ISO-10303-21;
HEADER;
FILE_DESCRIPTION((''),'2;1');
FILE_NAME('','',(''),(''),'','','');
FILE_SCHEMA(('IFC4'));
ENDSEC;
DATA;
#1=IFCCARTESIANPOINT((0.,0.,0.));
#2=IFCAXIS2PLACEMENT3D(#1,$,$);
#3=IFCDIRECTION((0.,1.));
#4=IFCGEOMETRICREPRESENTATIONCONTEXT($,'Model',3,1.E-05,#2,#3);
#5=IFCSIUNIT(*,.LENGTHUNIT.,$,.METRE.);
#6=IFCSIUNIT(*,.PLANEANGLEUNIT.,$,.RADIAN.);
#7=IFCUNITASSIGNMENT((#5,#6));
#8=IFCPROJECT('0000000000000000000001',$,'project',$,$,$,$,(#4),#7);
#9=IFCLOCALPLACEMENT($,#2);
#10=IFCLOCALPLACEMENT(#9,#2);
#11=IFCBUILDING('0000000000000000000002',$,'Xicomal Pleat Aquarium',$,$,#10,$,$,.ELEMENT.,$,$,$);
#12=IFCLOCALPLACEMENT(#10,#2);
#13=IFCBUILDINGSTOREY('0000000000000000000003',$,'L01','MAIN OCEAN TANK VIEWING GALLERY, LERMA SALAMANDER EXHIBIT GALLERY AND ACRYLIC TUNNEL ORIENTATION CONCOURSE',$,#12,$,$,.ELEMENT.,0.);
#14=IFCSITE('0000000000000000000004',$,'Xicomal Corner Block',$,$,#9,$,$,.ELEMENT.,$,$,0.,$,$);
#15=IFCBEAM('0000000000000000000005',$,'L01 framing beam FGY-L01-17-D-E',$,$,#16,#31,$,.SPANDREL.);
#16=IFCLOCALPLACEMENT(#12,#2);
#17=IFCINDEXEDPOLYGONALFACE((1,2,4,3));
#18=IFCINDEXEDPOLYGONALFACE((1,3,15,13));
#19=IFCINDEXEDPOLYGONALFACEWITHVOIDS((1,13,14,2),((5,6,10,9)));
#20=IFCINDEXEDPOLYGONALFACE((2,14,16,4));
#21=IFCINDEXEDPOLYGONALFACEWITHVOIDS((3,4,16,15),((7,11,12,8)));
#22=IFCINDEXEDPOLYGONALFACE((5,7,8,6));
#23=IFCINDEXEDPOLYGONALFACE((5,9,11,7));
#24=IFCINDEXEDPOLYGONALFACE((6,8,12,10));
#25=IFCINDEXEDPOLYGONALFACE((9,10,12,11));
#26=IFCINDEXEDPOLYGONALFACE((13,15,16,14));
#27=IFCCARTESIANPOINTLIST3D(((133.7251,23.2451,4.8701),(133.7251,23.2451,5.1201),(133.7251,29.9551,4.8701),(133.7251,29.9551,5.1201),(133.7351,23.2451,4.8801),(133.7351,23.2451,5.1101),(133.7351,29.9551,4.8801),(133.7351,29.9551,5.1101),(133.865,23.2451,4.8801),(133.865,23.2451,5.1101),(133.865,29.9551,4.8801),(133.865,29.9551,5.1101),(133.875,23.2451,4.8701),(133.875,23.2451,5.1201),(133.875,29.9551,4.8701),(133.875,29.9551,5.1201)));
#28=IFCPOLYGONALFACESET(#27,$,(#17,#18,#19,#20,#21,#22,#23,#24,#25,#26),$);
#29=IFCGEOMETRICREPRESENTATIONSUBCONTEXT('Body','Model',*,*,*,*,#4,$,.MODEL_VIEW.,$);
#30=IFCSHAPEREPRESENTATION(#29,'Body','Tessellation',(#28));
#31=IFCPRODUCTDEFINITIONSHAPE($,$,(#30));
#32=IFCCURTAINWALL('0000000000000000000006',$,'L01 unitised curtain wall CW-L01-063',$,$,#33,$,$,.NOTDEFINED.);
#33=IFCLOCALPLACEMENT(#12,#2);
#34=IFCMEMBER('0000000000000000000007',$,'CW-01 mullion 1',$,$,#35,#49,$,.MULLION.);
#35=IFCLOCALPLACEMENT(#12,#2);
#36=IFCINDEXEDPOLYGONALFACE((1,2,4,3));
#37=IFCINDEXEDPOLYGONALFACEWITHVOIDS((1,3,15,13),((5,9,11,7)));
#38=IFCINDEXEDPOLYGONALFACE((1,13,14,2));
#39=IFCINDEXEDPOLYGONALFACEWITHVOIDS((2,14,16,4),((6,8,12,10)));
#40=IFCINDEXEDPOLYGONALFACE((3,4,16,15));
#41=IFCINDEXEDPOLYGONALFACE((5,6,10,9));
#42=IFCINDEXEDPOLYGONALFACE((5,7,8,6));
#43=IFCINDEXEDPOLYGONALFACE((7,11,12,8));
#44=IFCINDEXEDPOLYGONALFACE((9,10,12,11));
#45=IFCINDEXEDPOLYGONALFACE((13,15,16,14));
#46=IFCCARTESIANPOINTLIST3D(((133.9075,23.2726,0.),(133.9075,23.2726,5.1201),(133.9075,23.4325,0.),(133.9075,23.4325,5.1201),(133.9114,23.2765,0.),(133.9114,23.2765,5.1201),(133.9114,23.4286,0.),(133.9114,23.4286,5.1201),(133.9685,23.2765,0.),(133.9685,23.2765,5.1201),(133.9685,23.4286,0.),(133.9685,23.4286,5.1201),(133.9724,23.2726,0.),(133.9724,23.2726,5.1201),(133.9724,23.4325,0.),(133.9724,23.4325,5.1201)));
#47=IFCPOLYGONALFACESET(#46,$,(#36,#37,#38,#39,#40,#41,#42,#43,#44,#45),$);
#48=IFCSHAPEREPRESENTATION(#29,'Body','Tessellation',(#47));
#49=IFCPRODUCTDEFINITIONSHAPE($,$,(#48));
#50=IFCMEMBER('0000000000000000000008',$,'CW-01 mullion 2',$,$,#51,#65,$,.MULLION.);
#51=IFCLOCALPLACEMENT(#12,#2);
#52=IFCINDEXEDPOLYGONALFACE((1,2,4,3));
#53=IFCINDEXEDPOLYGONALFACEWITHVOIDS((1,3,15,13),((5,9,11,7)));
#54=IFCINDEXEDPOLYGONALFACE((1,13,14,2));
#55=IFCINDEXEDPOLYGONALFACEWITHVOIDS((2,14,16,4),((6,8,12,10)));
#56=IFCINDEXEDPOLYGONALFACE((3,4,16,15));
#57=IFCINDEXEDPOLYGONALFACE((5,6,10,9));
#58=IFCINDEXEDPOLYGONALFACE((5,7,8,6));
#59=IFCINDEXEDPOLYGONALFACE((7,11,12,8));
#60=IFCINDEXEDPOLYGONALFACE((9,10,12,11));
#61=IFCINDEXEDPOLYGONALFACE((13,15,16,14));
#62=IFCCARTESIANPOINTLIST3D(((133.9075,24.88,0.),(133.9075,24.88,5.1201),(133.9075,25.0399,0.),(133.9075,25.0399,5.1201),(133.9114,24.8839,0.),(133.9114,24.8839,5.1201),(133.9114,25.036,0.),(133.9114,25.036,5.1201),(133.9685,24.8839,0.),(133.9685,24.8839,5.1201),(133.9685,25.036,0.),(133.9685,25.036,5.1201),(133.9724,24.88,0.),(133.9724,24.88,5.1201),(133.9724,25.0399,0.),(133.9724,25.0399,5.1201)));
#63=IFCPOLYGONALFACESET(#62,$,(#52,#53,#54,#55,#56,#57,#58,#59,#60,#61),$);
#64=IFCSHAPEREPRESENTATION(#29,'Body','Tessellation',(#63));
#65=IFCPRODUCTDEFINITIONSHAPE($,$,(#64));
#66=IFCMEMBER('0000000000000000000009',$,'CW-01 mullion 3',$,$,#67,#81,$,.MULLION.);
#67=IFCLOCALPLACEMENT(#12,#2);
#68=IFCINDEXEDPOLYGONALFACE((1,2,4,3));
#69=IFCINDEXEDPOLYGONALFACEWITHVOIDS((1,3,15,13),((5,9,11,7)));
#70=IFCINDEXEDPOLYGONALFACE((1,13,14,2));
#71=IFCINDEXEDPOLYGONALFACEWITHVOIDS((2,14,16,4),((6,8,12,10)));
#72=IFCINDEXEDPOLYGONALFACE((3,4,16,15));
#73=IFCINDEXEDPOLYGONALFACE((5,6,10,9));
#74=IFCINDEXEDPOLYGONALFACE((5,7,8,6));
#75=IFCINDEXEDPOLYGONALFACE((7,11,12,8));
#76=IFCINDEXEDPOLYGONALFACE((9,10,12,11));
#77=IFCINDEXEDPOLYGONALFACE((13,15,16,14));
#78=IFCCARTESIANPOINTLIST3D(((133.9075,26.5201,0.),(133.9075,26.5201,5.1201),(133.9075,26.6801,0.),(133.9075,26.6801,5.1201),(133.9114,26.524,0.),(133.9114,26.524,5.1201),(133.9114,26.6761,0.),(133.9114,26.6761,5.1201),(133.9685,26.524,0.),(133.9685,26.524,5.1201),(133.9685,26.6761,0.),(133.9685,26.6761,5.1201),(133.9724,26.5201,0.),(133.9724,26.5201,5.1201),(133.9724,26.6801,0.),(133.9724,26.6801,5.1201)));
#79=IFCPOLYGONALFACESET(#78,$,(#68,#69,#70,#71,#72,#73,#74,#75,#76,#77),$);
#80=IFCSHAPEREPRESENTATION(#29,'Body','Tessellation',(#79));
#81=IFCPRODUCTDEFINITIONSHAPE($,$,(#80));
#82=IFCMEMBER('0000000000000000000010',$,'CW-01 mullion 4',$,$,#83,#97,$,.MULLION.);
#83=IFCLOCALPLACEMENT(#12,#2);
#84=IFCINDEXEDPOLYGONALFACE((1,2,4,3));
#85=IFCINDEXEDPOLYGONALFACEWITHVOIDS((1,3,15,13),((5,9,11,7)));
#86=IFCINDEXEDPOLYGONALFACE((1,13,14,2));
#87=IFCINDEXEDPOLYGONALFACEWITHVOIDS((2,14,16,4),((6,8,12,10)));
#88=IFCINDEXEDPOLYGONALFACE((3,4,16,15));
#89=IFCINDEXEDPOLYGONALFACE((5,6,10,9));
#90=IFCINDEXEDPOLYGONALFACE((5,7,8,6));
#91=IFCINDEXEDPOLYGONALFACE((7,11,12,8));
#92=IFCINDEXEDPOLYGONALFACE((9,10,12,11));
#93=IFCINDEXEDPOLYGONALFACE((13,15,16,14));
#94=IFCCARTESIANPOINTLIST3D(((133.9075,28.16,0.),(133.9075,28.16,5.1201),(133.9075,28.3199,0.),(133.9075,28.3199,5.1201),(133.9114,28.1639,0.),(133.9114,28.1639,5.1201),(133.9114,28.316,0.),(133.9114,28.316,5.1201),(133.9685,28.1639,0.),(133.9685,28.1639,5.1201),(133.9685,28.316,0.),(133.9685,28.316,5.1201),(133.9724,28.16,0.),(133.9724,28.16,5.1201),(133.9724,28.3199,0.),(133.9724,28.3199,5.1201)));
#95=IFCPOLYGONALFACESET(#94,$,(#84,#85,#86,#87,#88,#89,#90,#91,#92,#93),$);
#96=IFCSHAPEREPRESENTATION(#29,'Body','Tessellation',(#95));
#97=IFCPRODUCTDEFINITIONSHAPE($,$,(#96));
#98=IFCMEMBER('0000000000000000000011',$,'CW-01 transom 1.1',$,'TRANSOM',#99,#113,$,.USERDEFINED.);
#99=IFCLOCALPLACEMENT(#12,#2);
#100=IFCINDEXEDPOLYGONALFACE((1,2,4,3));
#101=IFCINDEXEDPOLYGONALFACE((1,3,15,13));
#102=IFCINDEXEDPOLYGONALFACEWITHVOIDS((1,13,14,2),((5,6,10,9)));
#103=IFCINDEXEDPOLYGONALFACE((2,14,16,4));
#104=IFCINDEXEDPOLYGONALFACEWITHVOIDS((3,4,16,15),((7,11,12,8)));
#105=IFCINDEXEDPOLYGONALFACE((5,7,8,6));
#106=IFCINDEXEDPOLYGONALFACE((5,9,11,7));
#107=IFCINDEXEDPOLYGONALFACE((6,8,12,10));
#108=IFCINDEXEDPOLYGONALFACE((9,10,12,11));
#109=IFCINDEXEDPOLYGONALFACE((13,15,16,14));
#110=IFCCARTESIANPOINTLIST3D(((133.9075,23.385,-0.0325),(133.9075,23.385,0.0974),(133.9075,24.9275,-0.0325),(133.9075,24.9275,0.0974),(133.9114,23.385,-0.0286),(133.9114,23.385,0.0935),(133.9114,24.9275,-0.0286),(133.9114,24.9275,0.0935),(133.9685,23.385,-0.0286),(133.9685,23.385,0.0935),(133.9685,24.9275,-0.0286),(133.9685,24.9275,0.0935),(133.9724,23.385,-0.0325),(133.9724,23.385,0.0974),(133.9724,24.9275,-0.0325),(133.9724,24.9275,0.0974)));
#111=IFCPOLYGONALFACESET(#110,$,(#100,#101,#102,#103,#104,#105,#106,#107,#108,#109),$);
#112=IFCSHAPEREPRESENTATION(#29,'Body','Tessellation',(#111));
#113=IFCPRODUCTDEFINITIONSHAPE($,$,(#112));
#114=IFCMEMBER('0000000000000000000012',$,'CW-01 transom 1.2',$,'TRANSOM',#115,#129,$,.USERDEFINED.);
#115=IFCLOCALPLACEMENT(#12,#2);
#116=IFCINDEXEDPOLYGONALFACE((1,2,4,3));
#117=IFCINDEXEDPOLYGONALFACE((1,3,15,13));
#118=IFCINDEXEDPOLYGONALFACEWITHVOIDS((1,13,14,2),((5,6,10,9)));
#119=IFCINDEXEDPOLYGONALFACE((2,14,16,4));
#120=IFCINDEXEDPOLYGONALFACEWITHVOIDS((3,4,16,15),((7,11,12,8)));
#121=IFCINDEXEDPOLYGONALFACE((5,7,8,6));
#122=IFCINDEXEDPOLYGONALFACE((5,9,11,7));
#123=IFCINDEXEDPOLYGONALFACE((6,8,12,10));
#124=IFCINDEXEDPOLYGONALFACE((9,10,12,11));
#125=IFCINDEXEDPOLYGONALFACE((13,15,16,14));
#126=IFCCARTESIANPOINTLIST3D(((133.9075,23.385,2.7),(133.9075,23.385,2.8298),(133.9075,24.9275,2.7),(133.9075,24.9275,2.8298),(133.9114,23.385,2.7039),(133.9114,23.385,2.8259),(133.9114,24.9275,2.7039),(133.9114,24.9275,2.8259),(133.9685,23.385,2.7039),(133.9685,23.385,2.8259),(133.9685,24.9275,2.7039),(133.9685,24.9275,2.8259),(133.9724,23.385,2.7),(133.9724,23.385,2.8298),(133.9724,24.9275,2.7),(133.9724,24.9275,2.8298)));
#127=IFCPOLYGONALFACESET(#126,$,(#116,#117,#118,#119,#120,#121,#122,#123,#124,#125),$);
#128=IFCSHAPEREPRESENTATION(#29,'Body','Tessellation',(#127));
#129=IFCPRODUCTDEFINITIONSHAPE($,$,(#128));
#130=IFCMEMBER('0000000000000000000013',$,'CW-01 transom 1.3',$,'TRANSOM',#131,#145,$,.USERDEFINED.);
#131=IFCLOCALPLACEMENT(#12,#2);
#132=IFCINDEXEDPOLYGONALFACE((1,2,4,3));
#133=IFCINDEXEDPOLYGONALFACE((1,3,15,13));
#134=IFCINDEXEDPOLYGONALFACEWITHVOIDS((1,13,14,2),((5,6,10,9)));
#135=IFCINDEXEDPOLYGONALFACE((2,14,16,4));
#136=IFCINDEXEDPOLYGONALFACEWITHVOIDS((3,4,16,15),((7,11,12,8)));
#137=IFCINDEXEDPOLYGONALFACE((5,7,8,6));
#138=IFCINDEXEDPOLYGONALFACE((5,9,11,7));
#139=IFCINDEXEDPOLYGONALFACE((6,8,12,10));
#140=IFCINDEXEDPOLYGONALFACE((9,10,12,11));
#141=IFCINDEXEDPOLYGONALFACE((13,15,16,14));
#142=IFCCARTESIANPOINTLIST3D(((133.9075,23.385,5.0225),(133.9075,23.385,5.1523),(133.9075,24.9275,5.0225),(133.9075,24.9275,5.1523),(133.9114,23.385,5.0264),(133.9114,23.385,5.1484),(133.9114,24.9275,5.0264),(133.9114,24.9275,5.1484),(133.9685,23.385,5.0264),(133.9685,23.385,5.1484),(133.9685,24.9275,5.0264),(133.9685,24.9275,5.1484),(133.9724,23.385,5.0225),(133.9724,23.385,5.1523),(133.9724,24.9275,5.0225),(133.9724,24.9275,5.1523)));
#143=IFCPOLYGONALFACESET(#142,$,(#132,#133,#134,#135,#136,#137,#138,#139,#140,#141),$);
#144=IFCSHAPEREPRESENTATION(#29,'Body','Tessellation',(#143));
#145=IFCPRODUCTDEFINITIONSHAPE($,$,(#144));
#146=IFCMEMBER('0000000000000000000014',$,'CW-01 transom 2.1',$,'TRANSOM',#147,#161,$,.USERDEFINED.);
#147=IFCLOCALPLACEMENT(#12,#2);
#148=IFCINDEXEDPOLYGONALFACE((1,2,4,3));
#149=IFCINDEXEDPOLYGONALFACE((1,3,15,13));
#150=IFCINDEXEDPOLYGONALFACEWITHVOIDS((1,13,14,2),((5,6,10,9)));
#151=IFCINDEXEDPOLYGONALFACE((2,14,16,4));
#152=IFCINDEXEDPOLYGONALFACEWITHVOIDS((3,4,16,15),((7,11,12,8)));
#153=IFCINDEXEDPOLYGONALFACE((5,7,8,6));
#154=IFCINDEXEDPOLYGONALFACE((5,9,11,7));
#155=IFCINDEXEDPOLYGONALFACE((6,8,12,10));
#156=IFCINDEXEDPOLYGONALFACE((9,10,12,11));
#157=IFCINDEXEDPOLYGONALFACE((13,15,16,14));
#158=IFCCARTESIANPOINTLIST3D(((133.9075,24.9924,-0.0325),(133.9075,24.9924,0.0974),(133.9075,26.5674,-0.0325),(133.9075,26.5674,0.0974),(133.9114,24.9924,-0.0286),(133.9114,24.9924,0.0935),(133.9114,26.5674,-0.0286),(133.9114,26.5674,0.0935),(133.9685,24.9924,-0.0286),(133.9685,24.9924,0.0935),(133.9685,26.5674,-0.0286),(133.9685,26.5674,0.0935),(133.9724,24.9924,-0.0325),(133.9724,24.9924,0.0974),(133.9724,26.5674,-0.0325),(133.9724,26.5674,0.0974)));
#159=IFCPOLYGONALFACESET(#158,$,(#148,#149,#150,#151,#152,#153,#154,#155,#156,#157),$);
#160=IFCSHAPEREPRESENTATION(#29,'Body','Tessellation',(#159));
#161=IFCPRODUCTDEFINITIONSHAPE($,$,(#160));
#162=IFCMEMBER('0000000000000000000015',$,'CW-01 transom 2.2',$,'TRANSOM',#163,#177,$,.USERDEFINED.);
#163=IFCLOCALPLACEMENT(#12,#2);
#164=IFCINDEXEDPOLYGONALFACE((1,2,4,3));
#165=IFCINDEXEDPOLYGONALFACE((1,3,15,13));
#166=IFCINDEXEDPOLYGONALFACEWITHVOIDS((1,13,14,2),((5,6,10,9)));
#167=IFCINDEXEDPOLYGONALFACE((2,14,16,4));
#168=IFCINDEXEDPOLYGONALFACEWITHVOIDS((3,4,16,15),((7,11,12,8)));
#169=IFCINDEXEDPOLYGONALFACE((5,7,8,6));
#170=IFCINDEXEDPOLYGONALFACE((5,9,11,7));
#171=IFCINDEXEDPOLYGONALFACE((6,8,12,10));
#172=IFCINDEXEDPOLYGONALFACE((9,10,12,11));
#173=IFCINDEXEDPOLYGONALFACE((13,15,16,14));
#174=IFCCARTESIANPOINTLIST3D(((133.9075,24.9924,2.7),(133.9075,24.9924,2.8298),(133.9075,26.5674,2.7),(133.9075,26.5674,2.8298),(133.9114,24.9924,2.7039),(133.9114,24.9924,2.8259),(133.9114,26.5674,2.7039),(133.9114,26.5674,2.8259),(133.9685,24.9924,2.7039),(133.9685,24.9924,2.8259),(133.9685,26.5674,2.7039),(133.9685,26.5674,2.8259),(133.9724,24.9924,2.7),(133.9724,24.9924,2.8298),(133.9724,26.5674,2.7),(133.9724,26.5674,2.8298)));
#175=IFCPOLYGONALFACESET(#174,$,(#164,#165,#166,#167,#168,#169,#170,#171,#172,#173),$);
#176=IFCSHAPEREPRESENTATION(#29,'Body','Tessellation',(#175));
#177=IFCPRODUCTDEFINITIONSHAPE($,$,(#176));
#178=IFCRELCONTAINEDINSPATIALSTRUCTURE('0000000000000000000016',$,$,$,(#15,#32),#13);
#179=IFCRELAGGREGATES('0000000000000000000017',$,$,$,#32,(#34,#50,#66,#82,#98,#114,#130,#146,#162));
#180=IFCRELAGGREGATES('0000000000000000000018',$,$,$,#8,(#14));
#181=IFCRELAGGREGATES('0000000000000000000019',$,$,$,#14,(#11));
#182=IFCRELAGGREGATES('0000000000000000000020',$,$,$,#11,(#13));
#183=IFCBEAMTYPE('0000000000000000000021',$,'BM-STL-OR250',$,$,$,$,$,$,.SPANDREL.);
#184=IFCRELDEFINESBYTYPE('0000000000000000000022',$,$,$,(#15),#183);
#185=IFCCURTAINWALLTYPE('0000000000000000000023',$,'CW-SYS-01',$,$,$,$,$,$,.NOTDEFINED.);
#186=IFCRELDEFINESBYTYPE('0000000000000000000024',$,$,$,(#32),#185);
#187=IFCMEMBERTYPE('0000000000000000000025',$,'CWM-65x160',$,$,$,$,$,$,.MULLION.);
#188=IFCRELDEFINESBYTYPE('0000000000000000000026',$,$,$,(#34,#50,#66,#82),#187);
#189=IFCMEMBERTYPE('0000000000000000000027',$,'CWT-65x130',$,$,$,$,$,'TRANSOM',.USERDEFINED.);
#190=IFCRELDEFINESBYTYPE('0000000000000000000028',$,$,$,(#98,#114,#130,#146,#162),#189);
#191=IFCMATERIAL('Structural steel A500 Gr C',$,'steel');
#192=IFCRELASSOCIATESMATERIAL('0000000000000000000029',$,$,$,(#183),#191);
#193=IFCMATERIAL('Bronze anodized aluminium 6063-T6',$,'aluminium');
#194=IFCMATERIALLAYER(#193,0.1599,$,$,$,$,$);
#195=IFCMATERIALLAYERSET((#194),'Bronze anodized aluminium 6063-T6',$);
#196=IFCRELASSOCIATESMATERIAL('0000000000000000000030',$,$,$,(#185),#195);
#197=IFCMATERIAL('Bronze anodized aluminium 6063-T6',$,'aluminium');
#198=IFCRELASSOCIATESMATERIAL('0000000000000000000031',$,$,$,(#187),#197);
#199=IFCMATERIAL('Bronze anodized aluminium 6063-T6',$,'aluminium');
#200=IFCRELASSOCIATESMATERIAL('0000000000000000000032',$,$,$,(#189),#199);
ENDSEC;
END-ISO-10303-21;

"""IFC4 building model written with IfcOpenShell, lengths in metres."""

from ifc_helpers import new_model, si_unit, direction, frame, origin, origin_2d, place, context, subcontext, project, spatial, hollow_rectangle, extrude, material, layer, layer_set, material_profile, profile_set, type_object, element, aggregate, save


model = new_model("IFC4")

# Units and contexts
model_context = context("Model", 3, precision=1e-05, world=origin(), true_north=direction((0.0, 1.0)))
body_context = subcontext(model_context, "Body", "Model", "MODEL_VIEW")
ifc_project = project(units=[si_unit("LENGTHUNIT", "METRE"), si_unit("PLANEANGLEUNIT", "RADIAN")], contexts=[model_context])

# Site, building, storey
site_placement = place(None, origin())
site = spatial("IfcSite", under=ifc_project, at=site_placement, Name="Xicomal Corner Block", CompositionType="ELEMENT", RefElevation=0.0)
building_placement = place(site_placement, origin())
building = spatial("IfcBuilding", under=site, at=building_placement, Name="Xicomal Pleat Aquarium", CompositionType="ELEMENT")
storey_placement = place(building_placement, origin())
storey = spatial("IfcBuildingStorey", under=building, at=storey_placement, Name="L01", Description="MAIN OCEAN TANK VIEWING GALLERY, LERMA SALAMANDER EXHIBIT GALLERY AND ACRYLIC TUNNEL ORIENTATION CONCOURSE", CompositionType="ELEMENT", Elevation=0.0)

# Beam
ifc_material_1 = material(Name="Structural steel A500 Gr C", Category="steel")
ifc_material_profile_1 = material_profile(ifc_material_1, hollow_rectangle(XDim=0.1499, YDim=0.25, WallThickness=0.01, at=origin_2d()), Name="OR 250x150x10")
ifc_profile_set_1 = profile_set([ifc_material_profile_1], Name="Structural steel A500 Gr C")
beam_type = type_object("IfcBeamType", Name="BM-STL-OR250", PredefinedType="SPANDREL", material=ifc_profile_set_1)
beam_placement = place(storey_placement, frame((133.8, 23.2451, 4.9951), z_axis=(0.0, 1.0, 0.0), x_axis=(-1.0, 0.0, 0.0)))
element("IfcBeam", 1, at=beam_placement, inside=storey, type_object=beam_type, Name="L01 framing beam FGY-L01-17-D-E", PredefinedType="SPANDREL", context=body_context, shape_type="SweptSolid", body=[
    extrude(hollow_rectangle(XDim=0.1499, YDim=0.25, WallThickness=0.01, at=origin_2d()), origin(), (0.0, 0.0, 1.0), 6.71),
])

# Curtain wall, members
ifc_material_2 = material(Name="Bronze anodized aluminium 6063-T6", Category="aluminium")
ifc_layer_1 = layer(ifc_material_2, 0.1599)
ifc_layer_set_1 = layer_set([ifc_layer_1], Name="Bronze anodized aluminium 6063-T6")
curtain_wall_type = type_object("IfcCurtainWallType", Name="CW-SYS-01", PredefinedType="NOTDEFINED", material=ifc_layer_set_1)
curtain_wall_placement = place(storey_placement, origin())
curtain_wall = element("IfcCurtainWall", 2, at=curtain_wall_placement, inside=storey, type_object=curtain_wall_type, Name="L01 unitised curtain wall CW-L01-063", PredefinedType="NOTDEFINED")
ifc_material_3 = material(Name="Bronze anodized aluminium 6063-T6", Category="aluminium")
ifc_material_profile_2 = material_profile(ifc_material_3, hollow_rectangle(XDim=0.0649, YDim=0.1599, WallThickness=0.0039, at=origin_2d()), Name="ALU MULL 65x160")
ifc_profile_set_2 = profile_set([ifc_material_profile_2], Name="Bronze anodized aluminium 6063-T6")
member_type_1 = type_object("IfcMemberType", Name="CWM-65x160", PredefinedType="MULLION", material=ifc_profile_set_2)
member_1_placement = place(storey_placement, frame((133.9399, 23.3525, 0.0), z_axis=(0.0, 0.0, 1.0), x_axis=(-1.0, 0.0, 0.0)))
member_1 = element("IfcMember", 3, at=member_1_placement, type_object=member_type_1, Name="CW-01 mullion 1", PredefinedType="MULLION", context=body_context, shape_type="SweptSolid", body=[
    extrude(hollow_rectangle(XDim=0.0649, YDim=0.1599, WallThickness=0.0039, at=origin_2d()), origin(), (0.0, 0.0, 1.0), 5.1201),
])
member_2_placement = place(storey_placement, frame((133.9399, 24.96, 0.0), z_axis=(0.0, 0.0, 1.0), x_axis=(-1.0, 0.0, 0.0)))
member_2 = element("IfcMember", 4, at=member_2_placement, type_object=member_type_1, Name="CW-01 mullion 2", PredefinedType="MULLION", context=body_context, shape_type="SweptSolid", body=[
    extrude(hollow_rectangle(XDim=0.0649, YDim=0.1599, WallThickness=0.0039, at=origin_2d()), origin(), (0.0, 0.0, 1.0), 5.1201),
])
member_3_placement = place(storey_placement, frame((133.9399, 26.6001, 0.0), z_axis=(0.0, 0.0, 1.0), x_axis=(-1.0, 0.0, 0.0)))
member_3 = element("IfcMember", 5, at=member_3_placement, type_object=member_type_1, Name="CW-01 mullion 3", PredefinedType="MULLION", context=body_context, shape_type="SweptSolid", body=[
    extrude(hollow_rectangle(XDim=0.0649, YDim=0.1599, WallThickness=0.0039, at=origin_2d()), origin(), (0.0, 0.0, 1.0), 5.1201),
])
member_4_placement = place(storey_placement, frame((133.9399, 28.24, 0.0), z_axis=(0.0, 0.0, 1.0), x_axis=(-1.0, 0.0, 0.0)))
member_4 = element("IfcMember", 6, at=member_4_placement, type_object=member_type_1, Name="CW-01 mullion 4", PredefinedType="MULLION", context=body_context, shape_type="SweptSolid", body=[
    extrude(hollow_rectangle(XDim=0.0649, YDim=0.1599, WallThickness=0.0039, at=origin_2d()), origin(), (0.0, 0.0, 1.0), 5.1201),
])
ifc_material_4 = material(Name="Bronze anodized aluminium 6063-T6", Category="aluminium")
ifc_material_profile_3 = material_profile(ifc_material_4, hollow_rectangle(XDim=0.0649, YDim=0.1299, WallThickness=0.0039, at=origin_2d()), Name="ALU TRAN 65x130")
ifc_profile_set_3 = profile_set([ifc_material_profile_3], Name="Bronze anodized aluminium 6063-T6")
member_type_2 = type_object("IfcMemberType", Name="CWT-65x130", ElementType="TRANSOM", PredefinedType="USERDEFINED", material=ifc_profile_set_3)
member_5_placement = place(storey_placement, frame((133.9399, 23.385, 0.0325), z_axis=(0.0, 1.0, 0.0), x_axis=(-1.0, 0.0, 0.0)))
member_5 = element("IfcMember", 7, at=member_5_placement, type_object=member_type_2, Name="CW-01 transom 1.1", ObjectType="TRANSOM", PredefinedType="USERDEFINED", context=body_context, shape_type="SweptSolid", body=[
    extrude(hollow_rectangle(XDim=0.0649, YDim=0.1299, WallThickness=0.0039, at=origin_2d()), origin(), (0.0, 0.0, 1.0), 1.5425),
])
member_6_placement = place(storey_placement, frame((133.9399, 23.385, 2.7649), z_axis=(0.0, 1.0, 0.0), x_axis=(-1.0, 0.0, 0.0)))
member_6 = element("IfcMember", 8, at=member_6_placement, type_object=member_type_2, Name="CW-01 transom 1.2", ObjectType="TRANSOM", PredefinedType="USERDEFINED", context=body_context, shape_type="SweptSolid", body=[
    extrude(hollow_rectangle(XDim=0.0649, YDim=0.1299, WallThickness=0.0039, at=origin_2d()), origin(), (0.0, 0.0, 1.0), 1.5425),
])
member_7_placement = place(storey_placement, frame((133.9399, 23.385, 5.0874), z_axis=(0.0, 1.0, 0.0), x_axis=(-1.0, 0.0, 0.0)))
member_7 = element("IfcMember", 9, at=member_7_placement, type_object=member_type_2, Name="CW-01 transom 1.3", ObjectType="TRANSOM", PredefinedType="USERDEFINED", context=body_context, shape_type="SweptSolid", body=[
    extrude(hollow_rectangle(XDim=0.0649, YDim=0.1299, WallThickness=0.0039, at=origin_2d()), origin(), (0.0, 0.0, 1.0), 1.5425),
])
member_8_placement = place(storey_placement, frame((133.9399, 24.9924, 0.0325), z_axis=(0.0, 1.0, 0.0), x_axis=(-1.0, 0.0, 0.0)))
member_8 = element("IfcMember", 10, at=member_8_placement, type_object=member_type_2, Name="CW-01 transom 2.1", ObjectType="TRANSOM", PredefinedType="USERDEFINED", context=body_context, shape_type="SweptSolid", body=[
    extrude(hollow_rectangle(XDim=0.0649, YDim=0.1299, WallThickness=0.0039, at=origin_2d()), origin(), (0.0, 0.0, 1.0), 1.575),
])
member_9_placement = place(storey_placement, frame((133.9399, 24.9924, 2.7649), z_axis=(0.0, 1.0, 0.0), x_axis=(-1.0, 0.0, 0.0)))
member_9 = element("IfcMember", 11, at=member_9_placement, type_object=member_type_2, Name="CW-01 transom 2.2", ObjectType="TRANSOM", PredefinedType="USERDEFINED", context=body_context, shape_type="SweptSolid", body=[
    extrude(hollow_rectangle(XDim=0.0649, YDim=0.1299, WallThickness=0.0039, at=origin_2d()), origin(), (0.0, 0.0, 1.0), 1.575),
])
aggregate(curtain_wall, [member_1, member_2, member_3, member_4, member_5, member_6, member_7, member_8, member_9])

save(model, "model.ifc")
